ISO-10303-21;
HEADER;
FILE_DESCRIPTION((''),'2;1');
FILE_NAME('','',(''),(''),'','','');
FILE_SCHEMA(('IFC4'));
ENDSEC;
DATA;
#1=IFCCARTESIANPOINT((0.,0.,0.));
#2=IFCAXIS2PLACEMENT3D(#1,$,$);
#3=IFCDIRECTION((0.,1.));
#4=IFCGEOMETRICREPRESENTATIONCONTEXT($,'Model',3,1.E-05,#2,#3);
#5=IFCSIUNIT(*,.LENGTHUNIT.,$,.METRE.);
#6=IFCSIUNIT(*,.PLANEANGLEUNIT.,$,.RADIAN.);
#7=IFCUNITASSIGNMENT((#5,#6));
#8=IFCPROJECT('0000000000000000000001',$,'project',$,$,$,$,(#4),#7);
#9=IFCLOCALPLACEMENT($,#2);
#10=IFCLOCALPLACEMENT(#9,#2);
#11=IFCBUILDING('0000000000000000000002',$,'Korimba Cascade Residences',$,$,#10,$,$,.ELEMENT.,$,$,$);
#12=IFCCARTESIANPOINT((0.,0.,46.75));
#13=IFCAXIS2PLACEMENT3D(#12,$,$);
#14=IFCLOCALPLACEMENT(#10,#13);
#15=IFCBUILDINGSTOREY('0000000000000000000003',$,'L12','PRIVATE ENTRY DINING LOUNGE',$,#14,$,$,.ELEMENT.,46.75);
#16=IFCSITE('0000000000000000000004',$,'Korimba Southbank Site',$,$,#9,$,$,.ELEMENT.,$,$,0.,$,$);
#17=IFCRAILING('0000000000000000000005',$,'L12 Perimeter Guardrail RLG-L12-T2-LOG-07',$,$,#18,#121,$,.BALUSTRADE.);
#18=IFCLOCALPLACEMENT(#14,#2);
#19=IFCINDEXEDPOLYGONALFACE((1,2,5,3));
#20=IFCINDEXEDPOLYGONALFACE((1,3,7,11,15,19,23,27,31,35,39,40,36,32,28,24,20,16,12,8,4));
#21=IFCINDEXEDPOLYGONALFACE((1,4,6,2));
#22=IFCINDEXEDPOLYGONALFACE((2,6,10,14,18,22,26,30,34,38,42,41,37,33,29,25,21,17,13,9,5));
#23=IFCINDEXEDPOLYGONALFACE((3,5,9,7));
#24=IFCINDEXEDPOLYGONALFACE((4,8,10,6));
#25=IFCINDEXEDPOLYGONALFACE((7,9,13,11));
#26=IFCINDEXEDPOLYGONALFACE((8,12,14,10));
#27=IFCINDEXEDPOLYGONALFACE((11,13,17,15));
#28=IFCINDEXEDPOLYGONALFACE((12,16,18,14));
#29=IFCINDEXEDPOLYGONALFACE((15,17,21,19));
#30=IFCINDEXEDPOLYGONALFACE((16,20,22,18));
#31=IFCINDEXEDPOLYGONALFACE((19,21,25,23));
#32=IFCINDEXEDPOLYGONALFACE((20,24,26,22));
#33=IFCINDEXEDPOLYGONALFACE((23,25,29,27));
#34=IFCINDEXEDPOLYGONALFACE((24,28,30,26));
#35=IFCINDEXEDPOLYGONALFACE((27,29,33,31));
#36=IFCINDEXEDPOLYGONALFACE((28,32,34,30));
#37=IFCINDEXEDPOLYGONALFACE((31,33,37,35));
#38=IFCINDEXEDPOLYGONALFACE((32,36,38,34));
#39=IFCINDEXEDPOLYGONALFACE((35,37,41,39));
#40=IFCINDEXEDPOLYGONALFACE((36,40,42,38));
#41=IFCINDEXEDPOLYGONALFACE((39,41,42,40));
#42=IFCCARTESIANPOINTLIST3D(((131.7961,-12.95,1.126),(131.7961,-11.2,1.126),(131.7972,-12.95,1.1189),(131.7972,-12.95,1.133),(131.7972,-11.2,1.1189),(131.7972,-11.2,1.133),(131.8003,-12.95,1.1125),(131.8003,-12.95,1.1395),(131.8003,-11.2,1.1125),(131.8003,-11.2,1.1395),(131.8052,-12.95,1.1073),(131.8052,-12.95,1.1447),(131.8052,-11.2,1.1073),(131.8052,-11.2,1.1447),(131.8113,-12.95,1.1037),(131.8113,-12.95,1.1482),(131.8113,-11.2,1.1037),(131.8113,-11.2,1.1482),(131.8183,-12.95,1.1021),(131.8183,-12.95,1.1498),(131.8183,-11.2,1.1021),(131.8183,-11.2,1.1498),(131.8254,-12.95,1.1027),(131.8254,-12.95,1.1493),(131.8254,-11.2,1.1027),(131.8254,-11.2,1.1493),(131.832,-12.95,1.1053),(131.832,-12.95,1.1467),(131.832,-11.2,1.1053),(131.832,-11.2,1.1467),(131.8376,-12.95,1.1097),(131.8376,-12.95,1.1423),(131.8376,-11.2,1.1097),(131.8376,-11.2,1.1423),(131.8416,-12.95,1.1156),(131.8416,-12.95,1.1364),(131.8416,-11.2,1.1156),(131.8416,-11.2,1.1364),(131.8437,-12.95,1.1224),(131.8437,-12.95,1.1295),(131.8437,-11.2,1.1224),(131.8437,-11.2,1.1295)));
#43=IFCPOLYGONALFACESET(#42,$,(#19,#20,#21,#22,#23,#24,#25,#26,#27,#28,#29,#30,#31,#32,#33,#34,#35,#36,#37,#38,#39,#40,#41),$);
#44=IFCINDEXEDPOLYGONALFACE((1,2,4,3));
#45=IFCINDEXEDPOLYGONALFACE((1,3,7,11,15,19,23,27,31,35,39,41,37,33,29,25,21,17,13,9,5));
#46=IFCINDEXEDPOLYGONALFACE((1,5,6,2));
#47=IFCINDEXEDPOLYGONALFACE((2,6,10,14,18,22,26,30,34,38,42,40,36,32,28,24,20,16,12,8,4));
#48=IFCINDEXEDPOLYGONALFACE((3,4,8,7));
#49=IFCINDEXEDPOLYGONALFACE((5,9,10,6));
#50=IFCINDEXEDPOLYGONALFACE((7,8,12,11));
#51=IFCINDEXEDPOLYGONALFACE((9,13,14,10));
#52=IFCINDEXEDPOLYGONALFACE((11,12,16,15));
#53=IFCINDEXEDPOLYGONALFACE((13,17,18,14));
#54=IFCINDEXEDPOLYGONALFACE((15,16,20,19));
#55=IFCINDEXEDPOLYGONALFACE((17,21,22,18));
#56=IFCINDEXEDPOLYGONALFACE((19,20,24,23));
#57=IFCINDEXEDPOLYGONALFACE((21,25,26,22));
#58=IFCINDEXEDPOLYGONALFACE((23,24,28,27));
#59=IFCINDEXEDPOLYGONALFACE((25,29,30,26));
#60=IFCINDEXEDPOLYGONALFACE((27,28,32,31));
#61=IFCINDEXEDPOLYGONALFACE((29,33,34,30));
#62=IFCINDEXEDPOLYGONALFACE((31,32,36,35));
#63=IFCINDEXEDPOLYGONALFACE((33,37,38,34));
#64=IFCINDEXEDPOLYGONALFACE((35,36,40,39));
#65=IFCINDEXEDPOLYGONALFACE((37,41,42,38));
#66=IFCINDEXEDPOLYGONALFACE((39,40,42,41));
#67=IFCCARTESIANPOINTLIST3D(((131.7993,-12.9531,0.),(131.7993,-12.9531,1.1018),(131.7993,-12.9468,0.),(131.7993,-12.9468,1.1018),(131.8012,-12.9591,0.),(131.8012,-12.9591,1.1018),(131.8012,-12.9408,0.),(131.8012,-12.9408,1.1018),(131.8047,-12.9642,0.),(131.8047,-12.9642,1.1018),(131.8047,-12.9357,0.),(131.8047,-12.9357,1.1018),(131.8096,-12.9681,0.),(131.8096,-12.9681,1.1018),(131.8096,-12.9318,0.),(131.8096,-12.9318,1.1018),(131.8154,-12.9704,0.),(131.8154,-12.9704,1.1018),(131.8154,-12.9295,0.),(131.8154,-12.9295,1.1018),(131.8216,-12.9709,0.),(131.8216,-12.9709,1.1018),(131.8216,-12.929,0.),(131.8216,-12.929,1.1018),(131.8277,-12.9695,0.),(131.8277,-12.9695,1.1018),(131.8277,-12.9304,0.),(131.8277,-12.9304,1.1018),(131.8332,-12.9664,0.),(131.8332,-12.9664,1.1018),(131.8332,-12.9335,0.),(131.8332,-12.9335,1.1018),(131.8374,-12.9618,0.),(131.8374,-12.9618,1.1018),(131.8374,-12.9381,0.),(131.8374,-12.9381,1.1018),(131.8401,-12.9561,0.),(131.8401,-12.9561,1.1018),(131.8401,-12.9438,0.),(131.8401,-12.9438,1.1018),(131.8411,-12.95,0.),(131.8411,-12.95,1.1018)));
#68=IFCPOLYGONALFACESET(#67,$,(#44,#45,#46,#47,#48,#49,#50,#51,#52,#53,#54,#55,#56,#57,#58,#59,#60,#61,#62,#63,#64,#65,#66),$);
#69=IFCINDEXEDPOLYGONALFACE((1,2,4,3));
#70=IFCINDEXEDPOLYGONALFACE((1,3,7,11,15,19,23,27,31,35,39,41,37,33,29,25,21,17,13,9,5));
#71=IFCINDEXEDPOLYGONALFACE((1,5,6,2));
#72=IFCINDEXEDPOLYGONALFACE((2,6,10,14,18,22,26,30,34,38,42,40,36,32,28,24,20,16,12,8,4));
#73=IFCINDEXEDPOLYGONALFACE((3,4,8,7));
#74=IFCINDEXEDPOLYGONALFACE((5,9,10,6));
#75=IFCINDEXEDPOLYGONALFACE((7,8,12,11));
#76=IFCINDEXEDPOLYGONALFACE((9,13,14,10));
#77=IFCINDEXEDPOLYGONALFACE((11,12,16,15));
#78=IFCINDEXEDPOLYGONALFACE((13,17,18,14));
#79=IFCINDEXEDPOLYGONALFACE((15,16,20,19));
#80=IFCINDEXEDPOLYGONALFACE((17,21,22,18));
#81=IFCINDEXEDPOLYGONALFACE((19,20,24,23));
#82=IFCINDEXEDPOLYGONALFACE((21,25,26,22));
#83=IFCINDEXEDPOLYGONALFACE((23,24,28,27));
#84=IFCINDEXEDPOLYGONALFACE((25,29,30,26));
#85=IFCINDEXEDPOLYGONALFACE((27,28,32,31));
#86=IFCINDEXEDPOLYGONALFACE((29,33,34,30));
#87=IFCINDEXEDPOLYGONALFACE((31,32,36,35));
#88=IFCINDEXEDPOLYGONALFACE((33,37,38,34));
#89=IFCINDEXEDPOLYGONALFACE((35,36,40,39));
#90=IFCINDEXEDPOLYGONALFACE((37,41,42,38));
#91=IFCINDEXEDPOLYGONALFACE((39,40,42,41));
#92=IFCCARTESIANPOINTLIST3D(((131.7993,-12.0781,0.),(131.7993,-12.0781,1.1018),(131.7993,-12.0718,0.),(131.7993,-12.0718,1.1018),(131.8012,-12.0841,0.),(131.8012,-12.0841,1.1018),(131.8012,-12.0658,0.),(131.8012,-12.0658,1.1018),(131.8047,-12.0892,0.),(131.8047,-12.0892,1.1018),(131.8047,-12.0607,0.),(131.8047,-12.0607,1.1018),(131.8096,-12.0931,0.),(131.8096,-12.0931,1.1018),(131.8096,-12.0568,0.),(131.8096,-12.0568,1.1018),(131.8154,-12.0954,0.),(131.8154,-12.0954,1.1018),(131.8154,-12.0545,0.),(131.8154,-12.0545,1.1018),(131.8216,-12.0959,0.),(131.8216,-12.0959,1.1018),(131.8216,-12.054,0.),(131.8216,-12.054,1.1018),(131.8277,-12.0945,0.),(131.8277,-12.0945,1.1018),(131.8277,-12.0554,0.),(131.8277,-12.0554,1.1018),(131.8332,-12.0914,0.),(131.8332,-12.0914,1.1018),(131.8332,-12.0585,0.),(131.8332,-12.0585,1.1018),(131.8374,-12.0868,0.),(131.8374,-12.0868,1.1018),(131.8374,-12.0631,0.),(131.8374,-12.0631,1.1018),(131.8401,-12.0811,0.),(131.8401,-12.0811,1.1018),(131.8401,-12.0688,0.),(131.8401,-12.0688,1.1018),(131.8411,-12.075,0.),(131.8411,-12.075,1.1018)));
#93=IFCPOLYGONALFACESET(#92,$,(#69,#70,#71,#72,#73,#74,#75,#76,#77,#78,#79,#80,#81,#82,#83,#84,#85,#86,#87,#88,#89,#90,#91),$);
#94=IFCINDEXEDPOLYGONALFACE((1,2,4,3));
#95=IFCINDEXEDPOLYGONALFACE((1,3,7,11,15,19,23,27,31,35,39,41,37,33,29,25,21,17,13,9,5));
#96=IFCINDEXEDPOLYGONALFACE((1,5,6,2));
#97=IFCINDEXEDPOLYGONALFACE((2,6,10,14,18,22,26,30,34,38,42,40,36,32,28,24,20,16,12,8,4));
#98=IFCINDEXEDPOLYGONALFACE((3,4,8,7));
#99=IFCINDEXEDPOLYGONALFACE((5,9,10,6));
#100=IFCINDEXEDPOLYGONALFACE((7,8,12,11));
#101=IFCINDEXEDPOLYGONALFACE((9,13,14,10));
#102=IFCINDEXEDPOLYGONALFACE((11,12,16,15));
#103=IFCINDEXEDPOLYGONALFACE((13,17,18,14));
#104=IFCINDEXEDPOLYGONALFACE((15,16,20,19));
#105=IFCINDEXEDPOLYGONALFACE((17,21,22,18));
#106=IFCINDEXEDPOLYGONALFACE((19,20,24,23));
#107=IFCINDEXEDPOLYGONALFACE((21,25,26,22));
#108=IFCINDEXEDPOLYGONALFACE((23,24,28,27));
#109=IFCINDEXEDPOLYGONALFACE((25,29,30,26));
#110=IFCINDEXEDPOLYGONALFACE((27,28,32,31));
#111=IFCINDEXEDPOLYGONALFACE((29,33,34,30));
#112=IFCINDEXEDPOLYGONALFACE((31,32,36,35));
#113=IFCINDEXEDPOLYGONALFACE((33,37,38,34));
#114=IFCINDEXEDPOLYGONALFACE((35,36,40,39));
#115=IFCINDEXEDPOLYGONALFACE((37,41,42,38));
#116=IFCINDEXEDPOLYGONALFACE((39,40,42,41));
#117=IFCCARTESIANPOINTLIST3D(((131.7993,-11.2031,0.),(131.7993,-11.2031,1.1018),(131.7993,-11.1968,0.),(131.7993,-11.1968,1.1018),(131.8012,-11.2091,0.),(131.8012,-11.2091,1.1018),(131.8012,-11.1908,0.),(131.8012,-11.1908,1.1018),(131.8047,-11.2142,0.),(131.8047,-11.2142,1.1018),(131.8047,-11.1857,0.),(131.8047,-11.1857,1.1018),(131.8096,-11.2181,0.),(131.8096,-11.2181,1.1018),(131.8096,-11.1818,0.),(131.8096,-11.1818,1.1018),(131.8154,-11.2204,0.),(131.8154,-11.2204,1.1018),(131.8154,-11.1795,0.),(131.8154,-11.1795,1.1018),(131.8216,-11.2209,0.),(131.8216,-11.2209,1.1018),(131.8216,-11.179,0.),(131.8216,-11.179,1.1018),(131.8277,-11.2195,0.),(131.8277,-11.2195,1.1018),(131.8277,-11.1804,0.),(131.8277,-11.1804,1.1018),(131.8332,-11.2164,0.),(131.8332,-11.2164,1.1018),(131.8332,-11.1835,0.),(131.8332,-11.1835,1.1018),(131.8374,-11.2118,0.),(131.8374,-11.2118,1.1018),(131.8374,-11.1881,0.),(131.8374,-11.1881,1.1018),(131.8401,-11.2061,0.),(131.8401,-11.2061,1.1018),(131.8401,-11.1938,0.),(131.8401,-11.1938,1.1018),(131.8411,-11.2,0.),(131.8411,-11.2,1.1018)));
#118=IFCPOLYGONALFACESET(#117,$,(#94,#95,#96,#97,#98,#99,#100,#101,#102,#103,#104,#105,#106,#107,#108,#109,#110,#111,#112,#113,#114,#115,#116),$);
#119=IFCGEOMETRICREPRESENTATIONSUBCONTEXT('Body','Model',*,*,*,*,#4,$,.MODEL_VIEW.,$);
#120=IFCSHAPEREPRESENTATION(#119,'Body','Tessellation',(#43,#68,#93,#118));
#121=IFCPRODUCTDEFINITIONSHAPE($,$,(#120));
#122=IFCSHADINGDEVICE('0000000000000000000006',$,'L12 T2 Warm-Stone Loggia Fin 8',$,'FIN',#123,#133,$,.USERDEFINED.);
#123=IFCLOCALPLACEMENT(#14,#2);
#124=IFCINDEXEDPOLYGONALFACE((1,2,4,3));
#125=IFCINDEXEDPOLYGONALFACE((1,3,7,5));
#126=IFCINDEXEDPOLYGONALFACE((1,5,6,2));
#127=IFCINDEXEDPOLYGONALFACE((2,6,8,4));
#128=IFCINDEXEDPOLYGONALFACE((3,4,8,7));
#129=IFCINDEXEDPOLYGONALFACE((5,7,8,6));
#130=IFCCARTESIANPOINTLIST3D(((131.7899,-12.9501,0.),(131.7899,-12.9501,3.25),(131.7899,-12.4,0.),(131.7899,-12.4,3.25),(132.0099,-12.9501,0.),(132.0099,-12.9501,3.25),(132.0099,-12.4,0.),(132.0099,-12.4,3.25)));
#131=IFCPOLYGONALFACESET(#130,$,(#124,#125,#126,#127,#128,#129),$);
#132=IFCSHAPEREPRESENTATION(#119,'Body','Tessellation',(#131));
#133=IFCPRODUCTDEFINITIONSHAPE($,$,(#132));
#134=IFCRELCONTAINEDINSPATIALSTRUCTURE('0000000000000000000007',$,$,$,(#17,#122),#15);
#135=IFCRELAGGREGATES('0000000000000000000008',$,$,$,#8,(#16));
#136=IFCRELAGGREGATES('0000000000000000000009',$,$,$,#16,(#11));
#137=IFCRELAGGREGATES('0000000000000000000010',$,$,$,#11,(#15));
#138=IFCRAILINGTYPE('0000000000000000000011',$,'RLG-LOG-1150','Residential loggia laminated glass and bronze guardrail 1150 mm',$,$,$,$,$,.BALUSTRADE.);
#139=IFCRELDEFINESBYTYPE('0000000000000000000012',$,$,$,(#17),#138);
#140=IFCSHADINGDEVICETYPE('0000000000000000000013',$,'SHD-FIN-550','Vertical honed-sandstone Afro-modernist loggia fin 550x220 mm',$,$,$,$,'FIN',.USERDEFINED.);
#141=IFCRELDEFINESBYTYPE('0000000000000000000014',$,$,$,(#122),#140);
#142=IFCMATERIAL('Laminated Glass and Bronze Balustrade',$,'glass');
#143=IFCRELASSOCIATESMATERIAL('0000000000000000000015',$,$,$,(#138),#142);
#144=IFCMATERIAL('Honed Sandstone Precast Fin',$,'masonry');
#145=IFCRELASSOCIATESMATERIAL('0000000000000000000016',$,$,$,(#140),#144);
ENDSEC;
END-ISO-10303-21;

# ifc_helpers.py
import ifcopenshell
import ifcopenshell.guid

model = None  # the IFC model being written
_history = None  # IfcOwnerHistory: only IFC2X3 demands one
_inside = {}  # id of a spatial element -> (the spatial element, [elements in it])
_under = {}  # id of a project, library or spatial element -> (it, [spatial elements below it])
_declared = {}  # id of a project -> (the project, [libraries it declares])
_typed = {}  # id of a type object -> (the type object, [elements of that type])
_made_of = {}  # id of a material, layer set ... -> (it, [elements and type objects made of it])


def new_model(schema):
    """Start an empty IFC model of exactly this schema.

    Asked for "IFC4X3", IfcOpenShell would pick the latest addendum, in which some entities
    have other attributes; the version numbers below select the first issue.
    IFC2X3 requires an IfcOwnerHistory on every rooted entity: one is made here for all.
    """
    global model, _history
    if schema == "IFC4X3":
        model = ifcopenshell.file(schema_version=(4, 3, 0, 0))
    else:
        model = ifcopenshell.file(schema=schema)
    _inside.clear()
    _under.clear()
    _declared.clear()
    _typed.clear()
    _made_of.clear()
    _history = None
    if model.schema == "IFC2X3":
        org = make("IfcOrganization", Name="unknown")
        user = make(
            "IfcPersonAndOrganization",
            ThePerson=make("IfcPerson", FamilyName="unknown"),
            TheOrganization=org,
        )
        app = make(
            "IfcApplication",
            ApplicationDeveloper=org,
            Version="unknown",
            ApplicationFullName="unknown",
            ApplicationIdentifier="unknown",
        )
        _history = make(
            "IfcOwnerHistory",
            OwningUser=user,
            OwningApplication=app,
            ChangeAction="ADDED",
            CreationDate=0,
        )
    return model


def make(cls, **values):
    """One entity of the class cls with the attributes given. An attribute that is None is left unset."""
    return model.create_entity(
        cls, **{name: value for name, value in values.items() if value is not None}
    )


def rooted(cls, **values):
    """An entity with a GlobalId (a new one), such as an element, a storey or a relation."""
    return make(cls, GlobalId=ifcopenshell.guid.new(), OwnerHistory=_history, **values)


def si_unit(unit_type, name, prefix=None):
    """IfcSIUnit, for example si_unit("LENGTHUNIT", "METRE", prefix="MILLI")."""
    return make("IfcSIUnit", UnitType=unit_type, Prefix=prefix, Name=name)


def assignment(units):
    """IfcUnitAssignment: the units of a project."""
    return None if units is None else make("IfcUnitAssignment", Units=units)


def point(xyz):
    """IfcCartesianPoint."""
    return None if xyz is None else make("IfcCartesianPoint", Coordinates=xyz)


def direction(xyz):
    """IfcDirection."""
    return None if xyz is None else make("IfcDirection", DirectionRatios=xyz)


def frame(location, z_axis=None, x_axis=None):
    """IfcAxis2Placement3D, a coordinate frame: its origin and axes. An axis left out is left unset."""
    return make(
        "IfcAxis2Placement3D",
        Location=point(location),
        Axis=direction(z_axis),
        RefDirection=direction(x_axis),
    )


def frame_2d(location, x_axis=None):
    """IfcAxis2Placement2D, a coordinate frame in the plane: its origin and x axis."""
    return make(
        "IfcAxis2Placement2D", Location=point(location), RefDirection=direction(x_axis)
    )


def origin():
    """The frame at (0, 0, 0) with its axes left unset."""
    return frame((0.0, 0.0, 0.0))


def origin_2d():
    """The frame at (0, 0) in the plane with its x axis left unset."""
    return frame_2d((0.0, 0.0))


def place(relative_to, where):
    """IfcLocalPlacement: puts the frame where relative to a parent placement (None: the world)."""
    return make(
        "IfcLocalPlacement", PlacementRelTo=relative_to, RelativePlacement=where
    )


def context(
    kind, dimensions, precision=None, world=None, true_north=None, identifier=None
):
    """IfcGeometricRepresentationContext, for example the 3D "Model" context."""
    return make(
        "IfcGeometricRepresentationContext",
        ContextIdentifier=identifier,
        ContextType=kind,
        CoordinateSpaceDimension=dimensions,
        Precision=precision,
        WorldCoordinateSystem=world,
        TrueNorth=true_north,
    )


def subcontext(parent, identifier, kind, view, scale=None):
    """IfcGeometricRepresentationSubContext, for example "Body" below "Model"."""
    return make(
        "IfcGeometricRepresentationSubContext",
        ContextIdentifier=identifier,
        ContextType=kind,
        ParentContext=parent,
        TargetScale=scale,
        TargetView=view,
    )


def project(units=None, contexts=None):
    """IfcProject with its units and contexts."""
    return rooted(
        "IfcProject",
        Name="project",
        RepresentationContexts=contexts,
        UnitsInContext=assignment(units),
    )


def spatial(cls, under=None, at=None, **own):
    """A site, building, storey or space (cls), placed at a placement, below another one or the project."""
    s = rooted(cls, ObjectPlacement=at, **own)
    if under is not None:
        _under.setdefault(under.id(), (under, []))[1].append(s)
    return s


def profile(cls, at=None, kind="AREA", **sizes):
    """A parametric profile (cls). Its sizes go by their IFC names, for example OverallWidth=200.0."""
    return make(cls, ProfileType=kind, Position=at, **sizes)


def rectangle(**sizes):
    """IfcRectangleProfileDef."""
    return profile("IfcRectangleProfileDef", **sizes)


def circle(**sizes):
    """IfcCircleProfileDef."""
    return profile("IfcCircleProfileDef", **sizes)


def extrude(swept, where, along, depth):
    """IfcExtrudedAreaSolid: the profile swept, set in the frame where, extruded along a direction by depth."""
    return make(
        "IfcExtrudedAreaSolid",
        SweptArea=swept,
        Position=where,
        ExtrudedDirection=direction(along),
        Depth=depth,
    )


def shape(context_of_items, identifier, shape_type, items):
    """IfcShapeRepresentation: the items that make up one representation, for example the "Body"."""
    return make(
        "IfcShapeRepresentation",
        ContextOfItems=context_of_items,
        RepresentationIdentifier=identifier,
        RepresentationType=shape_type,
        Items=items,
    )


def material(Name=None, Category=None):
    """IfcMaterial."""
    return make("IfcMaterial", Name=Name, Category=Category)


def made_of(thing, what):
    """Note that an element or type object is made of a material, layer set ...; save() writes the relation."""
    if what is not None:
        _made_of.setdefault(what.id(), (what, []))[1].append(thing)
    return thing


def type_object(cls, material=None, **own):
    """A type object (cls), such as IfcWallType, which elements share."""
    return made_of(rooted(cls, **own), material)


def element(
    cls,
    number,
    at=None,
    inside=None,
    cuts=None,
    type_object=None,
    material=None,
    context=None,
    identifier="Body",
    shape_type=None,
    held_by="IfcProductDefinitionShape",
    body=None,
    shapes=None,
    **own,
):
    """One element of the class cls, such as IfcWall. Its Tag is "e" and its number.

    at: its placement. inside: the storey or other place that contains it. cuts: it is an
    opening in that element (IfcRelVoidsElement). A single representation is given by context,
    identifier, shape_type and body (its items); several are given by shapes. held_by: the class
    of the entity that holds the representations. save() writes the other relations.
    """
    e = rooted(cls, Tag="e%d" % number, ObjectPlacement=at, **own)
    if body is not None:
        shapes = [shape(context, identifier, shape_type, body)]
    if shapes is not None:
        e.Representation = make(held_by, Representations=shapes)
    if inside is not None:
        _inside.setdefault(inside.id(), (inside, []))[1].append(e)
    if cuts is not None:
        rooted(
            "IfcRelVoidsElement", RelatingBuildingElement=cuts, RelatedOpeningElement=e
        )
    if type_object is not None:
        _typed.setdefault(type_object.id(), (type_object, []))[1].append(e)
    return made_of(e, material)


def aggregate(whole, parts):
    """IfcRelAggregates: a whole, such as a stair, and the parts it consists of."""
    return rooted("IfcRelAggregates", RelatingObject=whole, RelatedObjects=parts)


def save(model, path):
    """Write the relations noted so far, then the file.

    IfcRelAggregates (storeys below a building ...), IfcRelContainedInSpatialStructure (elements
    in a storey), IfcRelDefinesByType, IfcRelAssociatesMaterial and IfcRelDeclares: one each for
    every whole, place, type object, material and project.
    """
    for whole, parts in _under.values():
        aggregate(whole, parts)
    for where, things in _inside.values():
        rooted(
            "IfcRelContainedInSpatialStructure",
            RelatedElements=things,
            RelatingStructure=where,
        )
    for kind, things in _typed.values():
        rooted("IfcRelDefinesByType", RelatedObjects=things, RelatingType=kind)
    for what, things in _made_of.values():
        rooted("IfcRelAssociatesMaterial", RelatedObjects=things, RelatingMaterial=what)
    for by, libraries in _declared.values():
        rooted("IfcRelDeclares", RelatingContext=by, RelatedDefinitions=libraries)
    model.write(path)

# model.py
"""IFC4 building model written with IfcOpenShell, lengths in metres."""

from ifc_helpers import new_model, si_unit, direction, frame, origin, origin_2d, place, context, subcontext, project, spatial, rectangle, circle, extrude, material, type_object, element, save


model = new_model("IFC4")

# Units and contexts
model_context = context("Model", 3, precision=1e-05, world=origin(), true_north=direction((0.0, 1.0)))
body_context = subcontext(model_context, "Body", "Model", "MODEL_VIEW")
ifc_project = project(units=[si_unit("LENGTHUNIT", "METRE"), si_unit("PLANEANGLEUNIT", "RADIAN")], contexts=[model_context])

# Site, building, storey
site_placement = place(None, origin())
site = spatial("IfcSite", under=ifc_project, at=site_placement, Name="Korimba Southbank Site", CompositionType="ELEMENT", RefElevation=0.0)
building_placement = place(site_placement, origin())
building = spatial("IfcBuilding", under=site, at=building_placement, Name="Korimba Cascade Residences", CompositionType="ELEMENT")
storey_placement = place(building_placement, frame((0.0, 0.0, 46.75)))
storey = spatial("IfcBuildingStorey", under=building, at=storey_placement, Name="L12", Description="PRIVATE ENTRY DINING LOUNGE", CompositionType="ELEMENT", Elevation=46.75)

# Railing
ifc_material_1 = material(Name="Laminated Glass and Bronze Balustrade", Category="glass")
railing_type = type_object("IfcRailingType", Name="RLG-LOG-1150", Description="Residential loggia laminated glass and bronze guardrail 1150 mm", PredefinedType="BALUSTRADE", material=ifc_material_1)
railing_placement = place(storey_placement, frame((131.8201, -12.95, 0.0)))
element("IfcRailing", 1, at=railing_placement, inside=storey, type_object=railing_type, Name="L12 Perimeter Guardrail RLG-L12-T2-LOG-07", PredefinedType="BALUSTRADE", context=body_context, shape_type="SweptSolid", body=[
    extrude(circle(Radius=0.0239, at=origin_2d()), frame((0.0, 0.0, 1.126), z_axis=(0.0, 1.0, 0.0), x_axis=(-1.0, 0.0, 0.0)), (0.0, 0.0, 1.0), 1.75),
    extrude(circle(Radius=0.021, at=origin_2d()), origin(), (0.0, 0.0, 1.0), 1.1018),
    extrude(circle(Radius=0.021, at=origin_2d()), frame((0.0, 0.875, 0.0)), (0.0, 0.0, 1.0), 1.1018),
    extrude(circle(Radius=0.021, at=origin_2d()), frame((0.0, 1.75, 0.0)), (0.0, 0.0, 1.0), 1.1018),
])

# Shading device
ifc_material_2 = material(Name="Honed Sandstone Precast Fin", Category="masonry")
shading_device_type = type_object("IfcShadingDeviceType", Name="SHD-FIN-550", Description="Vertical honed-sandstone Afro-modernist loggia fin 550x220 mm", ElementType="FIN", PredefinedType="USERDEFINED", material=ifc_material_2)
shading_device_placement = place(storey_placement, frame((131.8999, -12.675, 0.0), z_axis=(0.0, 0.0, 1.0), x_axis=(1.0, 0.0, 0.0)))
element("IfcShadingDevice", 2, at=shading_device_placement, inside=storey, type_object=shading_device_type, Name="L12 T2 Warm-Stone Loggia Fin 8", ObjectType="FIN", PredefinedType="USERDEFINED", context=body_context, shape_type="SweptSolid", body=[
    extrude(rectangle(XDim=0.22, YDim=0.55, at=origin_2d()), origin(), (0.0, 0.0, 1.0), 3.25),
])

save(model, "model.ifc")
